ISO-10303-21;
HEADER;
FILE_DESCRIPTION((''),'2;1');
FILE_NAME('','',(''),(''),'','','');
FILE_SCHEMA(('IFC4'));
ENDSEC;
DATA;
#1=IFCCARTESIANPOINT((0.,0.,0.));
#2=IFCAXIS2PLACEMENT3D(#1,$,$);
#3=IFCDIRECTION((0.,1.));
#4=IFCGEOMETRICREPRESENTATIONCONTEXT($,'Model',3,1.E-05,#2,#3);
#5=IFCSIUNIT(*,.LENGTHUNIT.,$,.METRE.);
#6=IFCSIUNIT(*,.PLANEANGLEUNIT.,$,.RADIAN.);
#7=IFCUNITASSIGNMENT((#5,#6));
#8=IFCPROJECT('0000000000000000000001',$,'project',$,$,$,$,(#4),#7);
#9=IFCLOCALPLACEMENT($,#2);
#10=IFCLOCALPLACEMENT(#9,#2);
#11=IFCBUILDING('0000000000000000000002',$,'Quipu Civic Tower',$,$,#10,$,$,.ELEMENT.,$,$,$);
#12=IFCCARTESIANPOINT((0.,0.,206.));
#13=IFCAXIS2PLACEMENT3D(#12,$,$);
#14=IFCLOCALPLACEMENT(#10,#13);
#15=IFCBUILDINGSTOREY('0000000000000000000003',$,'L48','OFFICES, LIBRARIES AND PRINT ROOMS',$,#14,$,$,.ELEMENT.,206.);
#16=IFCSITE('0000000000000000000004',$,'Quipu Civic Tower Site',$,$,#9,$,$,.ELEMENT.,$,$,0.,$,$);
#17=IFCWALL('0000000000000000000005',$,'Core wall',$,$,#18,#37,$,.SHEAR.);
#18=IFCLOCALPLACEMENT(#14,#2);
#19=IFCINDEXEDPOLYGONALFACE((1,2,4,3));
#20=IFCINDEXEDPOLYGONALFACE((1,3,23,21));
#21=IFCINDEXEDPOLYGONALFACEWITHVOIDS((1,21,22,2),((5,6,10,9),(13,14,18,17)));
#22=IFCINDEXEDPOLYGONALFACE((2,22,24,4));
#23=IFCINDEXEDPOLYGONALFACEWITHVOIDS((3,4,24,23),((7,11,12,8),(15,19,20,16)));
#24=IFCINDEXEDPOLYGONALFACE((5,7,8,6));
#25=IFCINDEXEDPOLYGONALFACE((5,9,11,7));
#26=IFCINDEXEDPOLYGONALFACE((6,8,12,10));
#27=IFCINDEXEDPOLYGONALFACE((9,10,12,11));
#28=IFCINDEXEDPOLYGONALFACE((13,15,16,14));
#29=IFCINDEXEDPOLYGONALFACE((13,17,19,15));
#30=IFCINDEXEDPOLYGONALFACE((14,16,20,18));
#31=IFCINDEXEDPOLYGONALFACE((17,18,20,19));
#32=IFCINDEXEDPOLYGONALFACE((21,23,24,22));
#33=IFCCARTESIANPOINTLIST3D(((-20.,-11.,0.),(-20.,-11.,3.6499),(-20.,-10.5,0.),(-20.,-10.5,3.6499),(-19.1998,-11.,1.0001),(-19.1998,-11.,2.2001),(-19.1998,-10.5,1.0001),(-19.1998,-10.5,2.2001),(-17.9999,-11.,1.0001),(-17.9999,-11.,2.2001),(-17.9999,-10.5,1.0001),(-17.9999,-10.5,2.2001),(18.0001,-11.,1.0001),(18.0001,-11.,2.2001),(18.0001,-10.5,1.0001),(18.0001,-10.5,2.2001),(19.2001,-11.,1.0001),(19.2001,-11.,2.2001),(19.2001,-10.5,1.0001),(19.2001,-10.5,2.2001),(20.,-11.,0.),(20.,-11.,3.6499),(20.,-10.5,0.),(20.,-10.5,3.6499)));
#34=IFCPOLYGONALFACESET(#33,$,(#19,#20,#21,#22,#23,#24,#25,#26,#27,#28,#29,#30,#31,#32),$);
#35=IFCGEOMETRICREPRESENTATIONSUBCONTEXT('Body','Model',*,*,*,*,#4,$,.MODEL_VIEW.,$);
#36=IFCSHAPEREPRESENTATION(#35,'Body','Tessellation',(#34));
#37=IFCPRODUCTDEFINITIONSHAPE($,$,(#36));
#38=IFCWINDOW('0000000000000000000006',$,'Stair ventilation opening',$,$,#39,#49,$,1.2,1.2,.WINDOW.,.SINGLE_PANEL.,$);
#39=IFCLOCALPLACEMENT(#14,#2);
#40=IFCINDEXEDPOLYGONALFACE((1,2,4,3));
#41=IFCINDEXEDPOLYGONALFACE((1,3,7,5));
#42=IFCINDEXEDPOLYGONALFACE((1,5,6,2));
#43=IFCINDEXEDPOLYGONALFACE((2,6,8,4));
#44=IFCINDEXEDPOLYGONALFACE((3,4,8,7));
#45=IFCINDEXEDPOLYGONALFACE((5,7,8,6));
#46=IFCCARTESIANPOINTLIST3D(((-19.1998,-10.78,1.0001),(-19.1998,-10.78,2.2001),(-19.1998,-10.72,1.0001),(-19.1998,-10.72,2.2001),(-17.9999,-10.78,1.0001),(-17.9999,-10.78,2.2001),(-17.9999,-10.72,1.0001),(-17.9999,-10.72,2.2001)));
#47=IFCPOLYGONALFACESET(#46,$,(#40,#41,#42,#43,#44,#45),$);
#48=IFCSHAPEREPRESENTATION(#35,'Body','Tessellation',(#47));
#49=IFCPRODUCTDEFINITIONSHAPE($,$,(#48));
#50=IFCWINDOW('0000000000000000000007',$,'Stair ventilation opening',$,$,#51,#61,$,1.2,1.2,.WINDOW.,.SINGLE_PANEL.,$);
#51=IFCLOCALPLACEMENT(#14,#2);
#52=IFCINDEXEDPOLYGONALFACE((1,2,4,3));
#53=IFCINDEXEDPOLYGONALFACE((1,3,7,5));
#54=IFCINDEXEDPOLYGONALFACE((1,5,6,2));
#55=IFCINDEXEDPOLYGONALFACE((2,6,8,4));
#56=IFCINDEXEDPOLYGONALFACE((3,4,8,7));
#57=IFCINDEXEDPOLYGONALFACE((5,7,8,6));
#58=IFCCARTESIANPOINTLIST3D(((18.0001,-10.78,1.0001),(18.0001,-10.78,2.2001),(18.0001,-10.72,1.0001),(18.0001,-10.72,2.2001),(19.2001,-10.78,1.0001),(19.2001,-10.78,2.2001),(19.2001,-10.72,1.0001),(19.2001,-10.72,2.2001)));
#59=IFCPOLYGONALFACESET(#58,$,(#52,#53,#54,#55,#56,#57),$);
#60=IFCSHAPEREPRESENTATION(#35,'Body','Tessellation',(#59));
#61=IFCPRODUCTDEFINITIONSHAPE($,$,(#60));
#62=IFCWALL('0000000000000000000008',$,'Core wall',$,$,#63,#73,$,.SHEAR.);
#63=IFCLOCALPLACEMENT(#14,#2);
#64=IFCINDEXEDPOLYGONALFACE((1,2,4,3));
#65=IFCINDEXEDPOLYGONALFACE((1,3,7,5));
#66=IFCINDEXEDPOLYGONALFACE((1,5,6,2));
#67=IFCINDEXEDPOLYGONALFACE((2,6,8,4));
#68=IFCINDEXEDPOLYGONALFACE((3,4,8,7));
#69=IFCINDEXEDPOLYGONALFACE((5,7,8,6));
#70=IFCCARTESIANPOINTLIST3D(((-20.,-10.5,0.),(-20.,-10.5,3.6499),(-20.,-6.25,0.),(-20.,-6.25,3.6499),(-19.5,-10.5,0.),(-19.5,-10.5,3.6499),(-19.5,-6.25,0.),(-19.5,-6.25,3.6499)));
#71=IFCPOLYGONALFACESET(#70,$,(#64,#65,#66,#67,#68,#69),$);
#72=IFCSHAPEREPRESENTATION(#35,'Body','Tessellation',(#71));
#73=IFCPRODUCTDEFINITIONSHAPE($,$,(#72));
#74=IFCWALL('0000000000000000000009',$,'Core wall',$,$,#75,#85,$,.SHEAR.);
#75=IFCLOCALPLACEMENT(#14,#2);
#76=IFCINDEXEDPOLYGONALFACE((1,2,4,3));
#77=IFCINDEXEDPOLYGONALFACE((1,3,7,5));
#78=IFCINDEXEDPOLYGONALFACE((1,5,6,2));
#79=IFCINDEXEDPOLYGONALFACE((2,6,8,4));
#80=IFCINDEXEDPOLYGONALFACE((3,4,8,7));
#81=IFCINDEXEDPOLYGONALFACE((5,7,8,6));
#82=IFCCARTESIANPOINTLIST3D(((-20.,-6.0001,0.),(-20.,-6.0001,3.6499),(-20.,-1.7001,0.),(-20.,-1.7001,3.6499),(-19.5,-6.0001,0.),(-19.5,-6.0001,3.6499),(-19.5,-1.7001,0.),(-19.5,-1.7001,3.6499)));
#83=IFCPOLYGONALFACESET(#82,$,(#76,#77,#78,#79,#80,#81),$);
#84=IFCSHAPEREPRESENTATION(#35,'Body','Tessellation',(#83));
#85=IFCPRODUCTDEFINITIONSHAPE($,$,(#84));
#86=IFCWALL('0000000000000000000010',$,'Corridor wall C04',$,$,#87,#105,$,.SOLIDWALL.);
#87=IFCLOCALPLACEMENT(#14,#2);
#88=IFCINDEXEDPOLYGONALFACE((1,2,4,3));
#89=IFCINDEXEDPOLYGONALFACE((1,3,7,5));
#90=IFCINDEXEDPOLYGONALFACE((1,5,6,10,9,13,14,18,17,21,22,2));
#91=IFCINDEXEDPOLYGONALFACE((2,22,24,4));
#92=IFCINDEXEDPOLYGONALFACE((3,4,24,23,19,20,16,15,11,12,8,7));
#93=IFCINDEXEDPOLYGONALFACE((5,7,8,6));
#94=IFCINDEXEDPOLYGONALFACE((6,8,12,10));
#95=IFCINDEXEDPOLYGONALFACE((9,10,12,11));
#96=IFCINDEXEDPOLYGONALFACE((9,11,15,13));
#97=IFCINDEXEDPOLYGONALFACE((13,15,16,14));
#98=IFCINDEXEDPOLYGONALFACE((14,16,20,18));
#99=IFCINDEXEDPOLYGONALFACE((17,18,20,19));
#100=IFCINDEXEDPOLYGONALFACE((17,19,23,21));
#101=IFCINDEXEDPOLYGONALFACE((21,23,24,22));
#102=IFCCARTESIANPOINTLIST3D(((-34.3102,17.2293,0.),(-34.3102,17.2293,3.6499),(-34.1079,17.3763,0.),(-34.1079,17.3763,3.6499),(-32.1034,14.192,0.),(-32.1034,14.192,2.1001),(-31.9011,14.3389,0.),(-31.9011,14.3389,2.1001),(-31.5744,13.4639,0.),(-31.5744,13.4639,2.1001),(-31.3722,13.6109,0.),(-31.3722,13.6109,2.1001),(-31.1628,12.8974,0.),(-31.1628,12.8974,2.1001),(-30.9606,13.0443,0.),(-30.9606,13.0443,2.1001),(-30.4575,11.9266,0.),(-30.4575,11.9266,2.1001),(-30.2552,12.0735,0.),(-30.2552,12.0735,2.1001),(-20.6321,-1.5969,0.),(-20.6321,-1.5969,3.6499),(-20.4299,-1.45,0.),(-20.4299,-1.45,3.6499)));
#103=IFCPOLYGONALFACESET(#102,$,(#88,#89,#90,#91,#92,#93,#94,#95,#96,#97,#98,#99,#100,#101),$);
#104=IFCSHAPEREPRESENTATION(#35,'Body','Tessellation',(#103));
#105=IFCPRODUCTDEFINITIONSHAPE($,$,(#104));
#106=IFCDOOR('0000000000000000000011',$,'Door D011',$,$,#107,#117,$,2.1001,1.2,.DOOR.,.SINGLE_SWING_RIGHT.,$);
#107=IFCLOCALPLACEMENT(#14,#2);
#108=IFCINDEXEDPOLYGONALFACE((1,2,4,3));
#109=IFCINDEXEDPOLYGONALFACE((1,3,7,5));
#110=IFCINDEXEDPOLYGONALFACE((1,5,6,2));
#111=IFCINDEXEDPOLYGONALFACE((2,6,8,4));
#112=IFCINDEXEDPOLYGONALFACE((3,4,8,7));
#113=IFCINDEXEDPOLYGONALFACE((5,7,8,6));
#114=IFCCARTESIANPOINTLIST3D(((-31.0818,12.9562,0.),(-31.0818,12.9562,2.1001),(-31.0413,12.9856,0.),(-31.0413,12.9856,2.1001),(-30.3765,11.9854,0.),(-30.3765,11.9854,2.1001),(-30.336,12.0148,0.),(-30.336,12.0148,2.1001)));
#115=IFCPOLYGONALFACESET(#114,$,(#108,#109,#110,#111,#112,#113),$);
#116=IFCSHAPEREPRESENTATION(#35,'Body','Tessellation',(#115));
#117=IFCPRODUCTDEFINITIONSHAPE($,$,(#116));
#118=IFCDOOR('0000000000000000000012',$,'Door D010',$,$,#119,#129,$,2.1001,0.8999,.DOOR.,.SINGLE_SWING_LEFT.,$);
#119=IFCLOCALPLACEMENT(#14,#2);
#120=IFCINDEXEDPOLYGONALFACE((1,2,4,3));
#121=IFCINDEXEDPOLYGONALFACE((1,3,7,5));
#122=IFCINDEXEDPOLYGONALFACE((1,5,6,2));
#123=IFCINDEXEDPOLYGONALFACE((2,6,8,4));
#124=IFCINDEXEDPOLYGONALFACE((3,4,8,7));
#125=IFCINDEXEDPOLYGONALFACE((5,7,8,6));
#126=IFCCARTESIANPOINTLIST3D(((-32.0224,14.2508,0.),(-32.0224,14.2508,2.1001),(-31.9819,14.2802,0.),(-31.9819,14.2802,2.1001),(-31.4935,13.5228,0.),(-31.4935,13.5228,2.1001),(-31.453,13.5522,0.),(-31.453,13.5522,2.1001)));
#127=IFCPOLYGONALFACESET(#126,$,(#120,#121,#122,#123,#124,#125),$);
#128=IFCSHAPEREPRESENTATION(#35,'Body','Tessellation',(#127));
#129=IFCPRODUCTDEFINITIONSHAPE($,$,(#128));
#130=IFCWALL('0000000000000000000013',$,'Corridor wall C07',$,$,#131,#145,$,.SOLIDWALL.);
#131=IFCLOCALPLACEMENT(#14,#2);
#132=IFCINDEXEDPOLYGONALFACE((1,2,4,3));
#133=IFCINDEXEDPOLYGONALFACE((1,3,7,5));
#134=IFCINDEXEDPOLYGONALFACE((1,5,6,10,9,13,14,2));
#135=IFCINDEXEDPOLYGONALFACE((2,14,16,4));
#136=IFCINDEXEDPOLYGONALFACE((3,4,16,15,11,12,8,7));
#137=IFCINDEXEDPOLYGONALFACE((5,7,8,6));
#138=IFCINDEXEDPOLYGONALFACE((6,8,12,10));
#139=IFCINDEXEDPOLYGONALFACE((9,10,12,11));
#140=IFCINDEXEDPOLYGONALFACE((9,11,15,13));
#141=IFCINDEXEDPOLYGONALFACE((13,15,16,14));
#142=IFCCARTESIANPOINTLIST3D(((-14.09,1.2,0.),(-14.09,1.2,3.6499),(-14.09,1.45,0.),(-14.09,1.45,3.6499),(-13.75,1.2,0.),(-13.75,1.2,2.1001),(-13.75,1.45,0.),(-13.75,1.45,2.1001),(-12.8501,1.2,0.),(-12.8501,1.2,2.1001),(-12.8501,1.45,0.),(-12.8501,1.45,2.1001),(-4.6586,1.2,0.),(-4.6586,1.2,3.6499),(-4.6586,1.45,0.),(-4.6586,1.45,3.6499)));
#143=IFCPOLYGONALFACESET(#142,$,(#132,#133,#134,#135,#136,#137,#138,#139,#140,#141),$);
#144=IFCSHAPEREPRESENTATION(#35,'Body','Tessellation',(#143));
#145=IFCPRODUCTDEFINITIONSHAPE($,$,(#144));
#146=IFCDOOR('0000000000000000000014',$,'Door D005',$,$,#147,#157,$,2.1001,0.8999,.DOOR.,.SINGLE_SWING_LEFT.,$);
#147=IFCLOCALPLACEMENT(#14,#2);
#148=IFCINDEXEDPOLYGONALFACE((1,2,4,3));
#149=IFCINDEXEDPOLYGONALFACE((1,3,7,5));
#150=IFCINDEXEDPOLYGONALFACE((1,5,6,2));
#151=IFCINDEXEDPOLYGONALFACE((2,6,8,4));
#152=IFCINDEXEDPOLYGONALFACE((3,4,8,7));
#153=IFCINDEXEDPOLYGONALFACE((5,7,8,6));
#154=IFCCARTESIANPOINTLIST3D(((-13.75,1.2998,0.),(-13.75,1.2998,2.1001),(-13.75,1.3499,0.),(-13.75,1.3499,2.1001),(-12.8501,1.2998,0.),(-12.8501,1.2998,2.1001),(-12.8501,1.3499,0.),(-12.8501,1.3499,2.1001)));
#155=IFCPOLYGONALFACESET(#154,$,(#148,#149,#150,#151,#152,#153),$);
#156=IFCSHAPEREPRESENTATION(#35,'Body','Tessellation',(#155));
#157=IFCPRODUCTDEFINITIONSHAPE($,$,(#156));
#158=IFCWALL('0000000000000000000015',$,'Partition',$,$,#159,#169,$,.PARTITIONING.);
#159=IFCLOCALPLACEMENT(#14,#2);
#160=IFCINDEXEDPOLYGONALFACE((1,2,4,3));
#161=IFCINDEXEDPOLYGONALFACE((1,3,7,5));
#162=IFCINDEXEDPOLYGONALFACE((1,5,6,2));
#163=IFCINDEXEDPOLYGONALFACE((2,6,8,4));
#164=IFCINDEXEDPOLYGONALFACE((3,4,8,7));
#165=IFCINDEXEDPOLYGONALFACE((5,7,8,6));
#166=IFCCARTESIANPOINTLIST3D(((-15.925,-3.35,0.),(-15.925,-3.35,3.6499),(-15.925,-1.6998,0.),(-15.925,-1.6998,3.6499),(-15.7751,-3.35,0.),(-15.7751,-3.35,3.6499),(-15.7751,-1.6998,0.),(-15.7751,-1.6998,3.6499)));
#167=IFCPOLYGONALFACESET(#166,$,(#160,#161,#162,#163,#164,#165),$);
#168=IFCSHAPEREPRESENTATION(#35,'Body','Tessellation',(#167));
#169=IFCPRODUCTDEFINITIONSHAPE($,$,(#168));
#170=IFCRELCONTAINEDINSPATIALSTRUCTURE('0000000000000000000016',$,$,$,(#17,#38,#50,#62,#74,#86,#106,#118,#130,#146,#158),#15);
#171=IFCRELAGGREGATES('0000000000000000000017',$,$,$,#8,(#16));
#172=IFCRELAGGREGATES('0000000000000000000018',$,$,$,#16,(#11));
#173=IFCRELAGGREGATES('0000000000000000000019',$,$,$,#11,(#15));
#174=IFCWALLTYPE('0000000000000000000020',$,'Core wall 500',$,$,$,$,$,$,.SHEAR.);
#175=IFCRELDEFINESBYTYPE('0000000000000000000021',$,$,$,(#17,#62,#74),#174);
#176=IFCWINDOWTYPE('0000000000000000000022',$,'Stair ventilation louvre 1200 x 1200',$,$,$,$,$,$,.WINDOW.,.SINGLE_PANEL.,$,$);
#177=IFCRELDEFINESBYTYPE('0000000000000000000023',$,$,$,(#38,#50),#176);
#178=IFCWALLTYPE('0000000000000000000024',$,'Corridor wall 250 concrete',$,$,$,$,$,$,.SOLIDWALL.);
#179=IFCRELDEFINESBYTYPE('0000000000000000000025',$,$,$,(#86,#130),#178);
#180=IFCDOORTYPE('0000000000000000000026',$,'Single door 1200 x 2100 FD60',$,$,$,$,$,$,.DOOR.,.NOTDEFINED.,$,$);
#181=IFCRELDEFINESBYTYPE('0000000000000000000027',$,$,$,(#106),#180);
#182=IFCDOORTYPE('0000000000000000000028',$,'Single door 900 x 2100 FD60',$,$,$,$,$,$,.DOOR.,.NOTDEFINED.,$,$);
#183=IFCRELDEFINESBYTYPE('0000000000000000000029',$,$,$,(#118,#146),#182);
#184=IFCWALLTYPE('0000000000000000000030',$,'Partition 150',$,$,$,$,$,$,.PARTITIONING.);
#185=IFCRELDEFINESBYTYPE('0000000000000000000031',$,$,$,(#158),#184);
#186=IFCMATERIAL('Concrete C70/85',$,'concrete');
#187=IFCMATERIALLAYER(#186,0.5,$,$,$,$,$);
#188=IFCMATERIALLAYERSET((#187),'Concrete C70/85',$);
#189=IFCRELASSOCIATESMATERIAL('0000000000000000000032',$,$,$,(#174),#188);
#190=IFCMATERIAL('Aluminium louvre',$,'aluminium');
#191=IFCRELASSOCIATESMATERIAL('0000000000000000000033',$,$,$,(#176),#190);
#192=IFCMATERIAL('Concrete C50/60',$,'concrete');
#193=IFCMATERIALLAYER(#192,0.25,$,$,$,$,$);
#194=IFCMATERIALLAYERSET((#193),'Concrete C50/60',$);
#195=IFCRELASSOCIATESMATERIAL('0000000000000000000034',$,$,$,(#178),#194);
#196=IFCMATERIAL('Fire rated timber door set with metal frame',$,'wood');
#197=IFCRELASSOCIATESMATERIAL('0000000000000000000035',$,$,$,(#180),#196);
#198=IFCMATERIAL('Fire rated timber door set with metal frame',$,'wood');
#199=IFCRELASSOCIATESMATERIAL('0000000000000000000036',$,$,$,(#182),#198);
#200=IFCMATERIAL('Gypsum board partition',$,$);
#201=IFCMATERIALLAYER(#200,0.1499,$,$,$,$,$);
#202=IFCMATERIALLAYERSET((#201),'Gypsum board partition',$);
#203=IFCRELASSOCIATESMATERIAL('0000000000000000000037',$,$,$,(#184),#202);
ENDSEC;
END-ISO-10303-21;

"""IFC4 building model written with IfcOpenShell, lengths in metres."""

from ifc_helpers import new_model, si_unit, direction, frame, frame_2d, origin, place, context, subcontext, project, spatial, rectangle, extrude, material, layer, layer_set, type_object, element, fill, save


model = new_model("IFC4")

# Units and contexts
model_context = context("Model", 3, precision=1e-05, world=origin(), true_north=direction((0.0, 1.0)))
body_context = subcontext(model_context, "Body", "Model", "MODEL_VIEW")
ifc_project = project(units=[si_unit("LENGTHUNIT", "METRE"), si_unit("PLANEANGLEUNIT", "RADIAN")], contexts=[model_context])

# Site, building, storey
site_placement = place(None, origin())
site = spatial("IfcSite", under=ifc_project, at=site_placement, Name="Quipu Civic Tower Site", CompositionType="ELEMENT", RefElevation=0.0)
building_placement = place(site_placement, origin())
building = spatial("IfcBuilding", under=site, at=building_placement, Name="Quipu Civic Tower", CompositionType="ELEMENT")
storey_placement = place(building_placement, frame((0.0, 0.0, 206.0)))
storey = spatial("IfcBuildingStorey", under=building, at=storey_placement, Name="L48", Description="OFFICES, LIBRARIES AND PRINT ROOMS", CompositionType="ELEMENT", Elevation=206.0)

# Wall, openings, windows
ifc_material_1 = material(Name="Concrete C70/85", Category="concrete")
ifc_layer_1 = layer(ifc_material_1, 0.5)
ifc_layer_set_1 = layer_set([ifc_layer_1], Name="Concrete C70/85")
wall_type_1 = type_object("IfcWallType", Name="Core wall 500", PredefinedType="SHEAR", material=ifc_layer_set_1)
wall_1_placement = place(storey_placement, frame((-20.0, -10.75, 0.0), z_axis=(0.0, 0.0, 1.0), x_axis=(1.0, 0.0, 0.0)))
wall_1 = element("IfcWall", 1, at=wall_1_placement, inside=storey, type_object=wall_type_1, Name="Core wall", PredefinedType="SHEAR", context=body_context, shape_type="SweptSolid", body=[
    extrude(rectangle(XDim=40.0, YDim=0.5, at=frame_2d((20.0, 0.0))), origin(), (0.0, 0.0, 1.0), 3.6499),
])
opening_1_placement = place(wall_1_placement, frame((0.8, 0.0, 1.0)))
opening_1 = element("IfcOpeningElement", 2, at=opening_1_placement, cuts=wall_1, PredefinedType="OPENING", context=body_context, shape_type="SweptSolid", body=[
    extrude(rectangle(XDim=1.2, YDim=1.2, at=frame_2d((0.6001, 0.6001))), frame((0.0, 0.26, 0.0), z_axis=(0.0, -1.0, 0.0), x_axis=(1.0, 0.0, 0.0)), (0.0, 0.0, 1.0), 0.52),
])
opening_2_placement = place(wall_1_placement, frame((38.0, 0.0, 1.0)))
opening_2 = element("IfcOpeningElement", 3, at=opening_2_placement, cuts=wall_1, PredefinedType="OPENING", context=body_context, shape_type="SweptSolid", body=[
    extrude(rectangle(XDim=1.2, YDim=1.2, at=frame_2d((0.6001, 0.6001))), frame((0.0, 0.26, 0.0), z_axis=(0.0, -1.0, 0.0), x_axis=(1.0, 0.0, 0.0)), (0.0, 0.0, 1.0), 0.52),
])
ifc_material_2 = material(Name="Aluminium louvre", Category="aluminium")
window_type = type_object("IfcWindowType", Name="Stair ventilation louvre 1200 x 1200", PartitioningType="SINGLE_PANEL", PredefinedType="WINDOW", material=ifc_material_2)
window_1_placement = place(opening_1_placement, origin())
window_1 = element("IfcWindow", 4, at=window_1_placement, inside=storey, type_object=window_type, Name="Stair ventilation opening", OverallHeight=1.2, OverallWidth=1.2, PartitioningType="SINGLE_PANEL", PredefinedType="WINDOW", context=body_context, shape_type="SweptSolid", body=[
    extrude(rectangle(XDim=1.2, YDim=1.2, at=frame_2d((0.6001, 0.6001))), frame((0.0, 0.03, 0.0), z_axis=(0.0, -1.0, 0.0), x_axis=(1.0, 0.0, 0.0)), (0.0, 0.0, 1.0), 0.0601),
])
fill(opening_1, window_1)
window_2_placement = place(opening_2_placement, origin())
window_2 = element("IfcWindow", 5, at=window_2_placement, inside=storey, type_object=window_type, Name="Stair ventilation opening", OverallHeight=1.2, OverallWidth=1.2, PartitioningType="SINGLE_PANEL", PredefinedType="WINDOW", context=body_context, shape_type="SweptSolid", body=[
    extrude(rectangle(XDim=1.2, YDim=1.2, at=frame_2d((0.6001, 0.6001))), frame((0.0, 0.03, 0.0), z_axis=(0.0, -1.0, 0.0), x_axis=(1.0, 0.0, 0.0)), (0.0, 0.0, 1.0), 0.0601),
])
fill(opening_2, window_2)

# Walls
wall_2_placement = place(storey_placement, frame((-19.75, -10.5, 0.0), z_axis=(0.0, 0.0, 1.0), x_axis=(0.0, 1.0, 0.0)))
element("IfcWall", 6, at=wall_2_placement, inside=storey, type_object=wall_type_1, Name="Core wall", PredefinedType="SHEAR", context=body_context, shape_type="SweptSolid", body=[
    extrude(rectangle(XDim=4.25, YDim=0.5, at=frame_2d((2.125, 0.0))), origin(), (0.0, 0.0, 1.0), 3.6499),
])
wall_3_placement = place(storey_placement, frame((-19.75, -6.0, 0.0), z_axis=(0.0, 0.0, 1.0), x_axis=(0.0, 1.0, 0.0)))
element("IfcWall", 7, at=wall_3_placement, inside=storey, type_object=wall_type_1, Name="Core wall", PredefinedType="SHEAR", context=body_context, shape_type="SweptSolid", body=[
    extrude(rectangle(XDim=4.3, YDim=0.5, at=frame_2d((2.1499, 0.0))), origin(), (0.0, 0.0, 1.0), 3.6499),
])

# Wall, openings, doors
ifc_material_3 = material(Name="Concrete C50/60", Category="concrete")
ifc_layer_2 = layer(ifc_material_3, 0.25)
ifc_layer_set_2 = layer_set([ifc_layer_2], Name="Concrete C50/60")
wall_type_2 = type_object("IfcWallType", Name="Corridor wall 250 concrete", PredefinedType="SOLIDWALL", material=ifc_layer_set_2)
wall_4_placement = place(storey_placement, frame((-20.531, -1.5234, 0.0), z_axis=(0.0, 0.0, 1.0), x_axis=(-0.587784, 0.809018, 0.0)))
wall_4 = element("IfcWall", 8, at=wall_4_placement, inside=storey, type_object=wall_type_2, Name="Corridor wall C04", PredefinedType="SOLIDWALL", context=body_context, shape_type="SweptSolid", body=[
    extrude(rectangle(XDim=23.2705, YDim=0.25, at=frame_2d((11.6353, 0.0))), origin(), (0.0, 0.0, 1.0), 3.6499),
])
opening_3_placement = place(wall_4_placement, frame((16.7158, 0.0, 0.0)))
opening_3 = element("IfcOpeningElement", 9, at=opening_3_placement, cuts=wall_4, PredefinedType="OPENING", context=body_context, shape_type="SweptSolid", body=[
    extrude(rectangle(XDim=1.2, YDim=2.1001, at=frame_2d((0.6001, 1.05))), frame((0.0, 0.135, 0.0), z_axis=(0.0, -1.0, 0.0), x_axis=(1.0, 0.0, 0.0)), (0.0, 0.0, 1.0), 0.27),
])
opening_4_placement = place(wall_4_placement, frame((18.6162, 0.0, 0.0)))
opening_4 = element("IfcOpeningElement", 10, at=opening_4_placement, cuts=wall_4, PredefinedType="OPENING", context=body_context, shape_type="SweptSolid", body=[
    extrude(rectangle(XDim=0.8999, YDim=2.1001, at=frame_2d((0.45, 1.05))), frame((0.0, 0.135, 0.0), z_axis=(0.0, -1.0, 0.0), x_axis=(1.0, 0.0, 0.0)), (0.0, 0.0, 1.0), 0.27),
])
ifc_material_4 = material(Name="Fire rated timber door set with metal frame", Category="wood")
door_type_1 = type_object("IfcDoorType", Name="Single door 1200 x 2100 FD60", OperationType="NOTDEFINED", PredefinedType="DOOR", material=ifc_material_4)
door_1_placement = place(opening_3_placement, origin())
door_1 = element("IfcDoor", 11, at=door_1_placement, inside=storey, type_object=door_type_1, Name="Door D011", OperationType="SINGLE_SWING_RIGHT", OverallHeight=2.1001, OverallWidth=1.2, PredefinedType="DOOR", context=body_context, shape_type="SweptSolid", body=[
    extrude(rectangle(XDim=1.2, YDim=2.1001, at=frame_2d((0.6001, 1.05))), frame((0.0, 0.0249, 0.0), z_axis=(0.0, -1.0, 0.0), x_axis=(1.0, 0.0, 0.0)), (0.0, 0.0, 1.0), 0.05),
])
fill(opening_3, door_1)
ifc_material_5 = material(Name="Fire rated timber door set with metal frame", Category="wood")
door_type_2 = type_object("IfcDoorType", Name="Single door 900 x 2100 FD60", OperationType="NOTDEFINED", PredefinedType="DOOR", material=ifc_material_5)
door_2_placement = place(opening_4_placement, origin())
door_2 = element("IfcDoor", 12, at=door_2_placement, inside=storey, type_object=door_type_2, Name="Door D010", OperationType="SINGLE_SWING_LEFT", OverallHeight=2.1001, OverallWidth=0.8999, PredefinedType="DOOR", context=body_context, shape_type="SweptSolid", body=[
    extrude(rectangle(XDim=0.8999, YDim=2.1001, at=frame_2d((0.45, 1.05))), frame((0.0, 0.0249, 0.0), z_axis=(0.0, -1.0, 0.0), x_axis=(1.0, 0.0, 0.0)), (0.0, 0.0, 1.0), 0.05),
])
fill(opening_4, door_2)

# Wall, opening, door
wall_5_placement = place(storey_placement, frame((-14.0901, 1.325, 0.0), z_axis=(0.0, 0.0, 1.0), x_axis=(1.0, 0.0, 0.0)))
wall_5 = element("IfcWall", 13, at=wall_5_placement, inside=storey, type_object=wall_type_2, Name="Corridor wall C07", PredefinedType="SOLIDWALL", context=body_context, shape_type="SweptSolid", body=[
    extrude(rectangle(XDim=9.4314, YDim=0.25, at=frame_2d((4.7158, 0.0))), origin(), (0.0, 0.0, 1.0), 3.6499),
])
opening_5_placement = place(wall_5_placement, frame((0.3401, 0.0, 0.0)))
opening_5 = element("IfcOpeningElement", 14, at=opening_5_placement, cuts=wall_5, PredefinedType="OPENING", context=body_context, shape_type="SweptSolid", body=[
    extrude(rectangle(XDim=0.8999, YDim=2.1001, at=frame_2d((0.45, 1.05))), frame((0.0, 0.135, 0.0), z_axis=(0.0, -1.0, 0.0), x_axis=(1.0, 0.0, 0.0)), (0.0, 0.0, 1.0), 0.27),
])
door_3_placement = place(opening_5_placement, origin())
door_3 = element("IfcDoor", 15, at=door_3_placement, inside=storey, type_object=door_type_2, Name="Door D005", OperationType="SINGLE_SWING_LEFT", OverallHeight=2.1001, OverallWidth=0.8999, PredefinedType="DOOR", context=body_context, shape_type="SweptSolid", body=[
    extrude(rectangle(XDim=0.8999, YDim=2.1001, at=frame_2d((0.45, 1.05))), frame((0.0, 0.0249, 0.0), z_axis=(0.0, -1.0, 0.0), x_axis=(1.0, 0.0, 0.0)), (0.0, 0.0, 1.0), 0.05),
])
fill(opening_5, door_3)

# Wall
ifc_material_6 = material(Name="Gypsum board partition")
ifc_layer_3 = layer(ifc_material_6, 0.1499)
ifc_layer_set_3 = layer_set([ifc_layer_3], Name="Gypsum board partition")
wall_type_3 = type_object("IfcWallType", Name="Partition 150", PredefinedType="PARTITIONING", material=ifc_layer_set_3)
wall_6_placement = place(storey_placement, frame((-15.8501, -3.3501, 0.0), z_axis=(0.0, 0.0, 1.0), x_axis=(0.0, 1.0, 0.0)))
element("IfcWall", 16, at=wall_6_placement, inside=storey, type_object=wall_type_3, Name="Partition", PredefinedType="PARTITIONING", context=body_context, shape_type="SweptSolid", body=[
    extrude(rectangle(XDim=1.6501, YDim=0.1499, at=frame_2d((0.8252, 0.0))), origin(), (0.0, 0.0, 1.0), 3.6499),
])

save(model, "model.ifc")
